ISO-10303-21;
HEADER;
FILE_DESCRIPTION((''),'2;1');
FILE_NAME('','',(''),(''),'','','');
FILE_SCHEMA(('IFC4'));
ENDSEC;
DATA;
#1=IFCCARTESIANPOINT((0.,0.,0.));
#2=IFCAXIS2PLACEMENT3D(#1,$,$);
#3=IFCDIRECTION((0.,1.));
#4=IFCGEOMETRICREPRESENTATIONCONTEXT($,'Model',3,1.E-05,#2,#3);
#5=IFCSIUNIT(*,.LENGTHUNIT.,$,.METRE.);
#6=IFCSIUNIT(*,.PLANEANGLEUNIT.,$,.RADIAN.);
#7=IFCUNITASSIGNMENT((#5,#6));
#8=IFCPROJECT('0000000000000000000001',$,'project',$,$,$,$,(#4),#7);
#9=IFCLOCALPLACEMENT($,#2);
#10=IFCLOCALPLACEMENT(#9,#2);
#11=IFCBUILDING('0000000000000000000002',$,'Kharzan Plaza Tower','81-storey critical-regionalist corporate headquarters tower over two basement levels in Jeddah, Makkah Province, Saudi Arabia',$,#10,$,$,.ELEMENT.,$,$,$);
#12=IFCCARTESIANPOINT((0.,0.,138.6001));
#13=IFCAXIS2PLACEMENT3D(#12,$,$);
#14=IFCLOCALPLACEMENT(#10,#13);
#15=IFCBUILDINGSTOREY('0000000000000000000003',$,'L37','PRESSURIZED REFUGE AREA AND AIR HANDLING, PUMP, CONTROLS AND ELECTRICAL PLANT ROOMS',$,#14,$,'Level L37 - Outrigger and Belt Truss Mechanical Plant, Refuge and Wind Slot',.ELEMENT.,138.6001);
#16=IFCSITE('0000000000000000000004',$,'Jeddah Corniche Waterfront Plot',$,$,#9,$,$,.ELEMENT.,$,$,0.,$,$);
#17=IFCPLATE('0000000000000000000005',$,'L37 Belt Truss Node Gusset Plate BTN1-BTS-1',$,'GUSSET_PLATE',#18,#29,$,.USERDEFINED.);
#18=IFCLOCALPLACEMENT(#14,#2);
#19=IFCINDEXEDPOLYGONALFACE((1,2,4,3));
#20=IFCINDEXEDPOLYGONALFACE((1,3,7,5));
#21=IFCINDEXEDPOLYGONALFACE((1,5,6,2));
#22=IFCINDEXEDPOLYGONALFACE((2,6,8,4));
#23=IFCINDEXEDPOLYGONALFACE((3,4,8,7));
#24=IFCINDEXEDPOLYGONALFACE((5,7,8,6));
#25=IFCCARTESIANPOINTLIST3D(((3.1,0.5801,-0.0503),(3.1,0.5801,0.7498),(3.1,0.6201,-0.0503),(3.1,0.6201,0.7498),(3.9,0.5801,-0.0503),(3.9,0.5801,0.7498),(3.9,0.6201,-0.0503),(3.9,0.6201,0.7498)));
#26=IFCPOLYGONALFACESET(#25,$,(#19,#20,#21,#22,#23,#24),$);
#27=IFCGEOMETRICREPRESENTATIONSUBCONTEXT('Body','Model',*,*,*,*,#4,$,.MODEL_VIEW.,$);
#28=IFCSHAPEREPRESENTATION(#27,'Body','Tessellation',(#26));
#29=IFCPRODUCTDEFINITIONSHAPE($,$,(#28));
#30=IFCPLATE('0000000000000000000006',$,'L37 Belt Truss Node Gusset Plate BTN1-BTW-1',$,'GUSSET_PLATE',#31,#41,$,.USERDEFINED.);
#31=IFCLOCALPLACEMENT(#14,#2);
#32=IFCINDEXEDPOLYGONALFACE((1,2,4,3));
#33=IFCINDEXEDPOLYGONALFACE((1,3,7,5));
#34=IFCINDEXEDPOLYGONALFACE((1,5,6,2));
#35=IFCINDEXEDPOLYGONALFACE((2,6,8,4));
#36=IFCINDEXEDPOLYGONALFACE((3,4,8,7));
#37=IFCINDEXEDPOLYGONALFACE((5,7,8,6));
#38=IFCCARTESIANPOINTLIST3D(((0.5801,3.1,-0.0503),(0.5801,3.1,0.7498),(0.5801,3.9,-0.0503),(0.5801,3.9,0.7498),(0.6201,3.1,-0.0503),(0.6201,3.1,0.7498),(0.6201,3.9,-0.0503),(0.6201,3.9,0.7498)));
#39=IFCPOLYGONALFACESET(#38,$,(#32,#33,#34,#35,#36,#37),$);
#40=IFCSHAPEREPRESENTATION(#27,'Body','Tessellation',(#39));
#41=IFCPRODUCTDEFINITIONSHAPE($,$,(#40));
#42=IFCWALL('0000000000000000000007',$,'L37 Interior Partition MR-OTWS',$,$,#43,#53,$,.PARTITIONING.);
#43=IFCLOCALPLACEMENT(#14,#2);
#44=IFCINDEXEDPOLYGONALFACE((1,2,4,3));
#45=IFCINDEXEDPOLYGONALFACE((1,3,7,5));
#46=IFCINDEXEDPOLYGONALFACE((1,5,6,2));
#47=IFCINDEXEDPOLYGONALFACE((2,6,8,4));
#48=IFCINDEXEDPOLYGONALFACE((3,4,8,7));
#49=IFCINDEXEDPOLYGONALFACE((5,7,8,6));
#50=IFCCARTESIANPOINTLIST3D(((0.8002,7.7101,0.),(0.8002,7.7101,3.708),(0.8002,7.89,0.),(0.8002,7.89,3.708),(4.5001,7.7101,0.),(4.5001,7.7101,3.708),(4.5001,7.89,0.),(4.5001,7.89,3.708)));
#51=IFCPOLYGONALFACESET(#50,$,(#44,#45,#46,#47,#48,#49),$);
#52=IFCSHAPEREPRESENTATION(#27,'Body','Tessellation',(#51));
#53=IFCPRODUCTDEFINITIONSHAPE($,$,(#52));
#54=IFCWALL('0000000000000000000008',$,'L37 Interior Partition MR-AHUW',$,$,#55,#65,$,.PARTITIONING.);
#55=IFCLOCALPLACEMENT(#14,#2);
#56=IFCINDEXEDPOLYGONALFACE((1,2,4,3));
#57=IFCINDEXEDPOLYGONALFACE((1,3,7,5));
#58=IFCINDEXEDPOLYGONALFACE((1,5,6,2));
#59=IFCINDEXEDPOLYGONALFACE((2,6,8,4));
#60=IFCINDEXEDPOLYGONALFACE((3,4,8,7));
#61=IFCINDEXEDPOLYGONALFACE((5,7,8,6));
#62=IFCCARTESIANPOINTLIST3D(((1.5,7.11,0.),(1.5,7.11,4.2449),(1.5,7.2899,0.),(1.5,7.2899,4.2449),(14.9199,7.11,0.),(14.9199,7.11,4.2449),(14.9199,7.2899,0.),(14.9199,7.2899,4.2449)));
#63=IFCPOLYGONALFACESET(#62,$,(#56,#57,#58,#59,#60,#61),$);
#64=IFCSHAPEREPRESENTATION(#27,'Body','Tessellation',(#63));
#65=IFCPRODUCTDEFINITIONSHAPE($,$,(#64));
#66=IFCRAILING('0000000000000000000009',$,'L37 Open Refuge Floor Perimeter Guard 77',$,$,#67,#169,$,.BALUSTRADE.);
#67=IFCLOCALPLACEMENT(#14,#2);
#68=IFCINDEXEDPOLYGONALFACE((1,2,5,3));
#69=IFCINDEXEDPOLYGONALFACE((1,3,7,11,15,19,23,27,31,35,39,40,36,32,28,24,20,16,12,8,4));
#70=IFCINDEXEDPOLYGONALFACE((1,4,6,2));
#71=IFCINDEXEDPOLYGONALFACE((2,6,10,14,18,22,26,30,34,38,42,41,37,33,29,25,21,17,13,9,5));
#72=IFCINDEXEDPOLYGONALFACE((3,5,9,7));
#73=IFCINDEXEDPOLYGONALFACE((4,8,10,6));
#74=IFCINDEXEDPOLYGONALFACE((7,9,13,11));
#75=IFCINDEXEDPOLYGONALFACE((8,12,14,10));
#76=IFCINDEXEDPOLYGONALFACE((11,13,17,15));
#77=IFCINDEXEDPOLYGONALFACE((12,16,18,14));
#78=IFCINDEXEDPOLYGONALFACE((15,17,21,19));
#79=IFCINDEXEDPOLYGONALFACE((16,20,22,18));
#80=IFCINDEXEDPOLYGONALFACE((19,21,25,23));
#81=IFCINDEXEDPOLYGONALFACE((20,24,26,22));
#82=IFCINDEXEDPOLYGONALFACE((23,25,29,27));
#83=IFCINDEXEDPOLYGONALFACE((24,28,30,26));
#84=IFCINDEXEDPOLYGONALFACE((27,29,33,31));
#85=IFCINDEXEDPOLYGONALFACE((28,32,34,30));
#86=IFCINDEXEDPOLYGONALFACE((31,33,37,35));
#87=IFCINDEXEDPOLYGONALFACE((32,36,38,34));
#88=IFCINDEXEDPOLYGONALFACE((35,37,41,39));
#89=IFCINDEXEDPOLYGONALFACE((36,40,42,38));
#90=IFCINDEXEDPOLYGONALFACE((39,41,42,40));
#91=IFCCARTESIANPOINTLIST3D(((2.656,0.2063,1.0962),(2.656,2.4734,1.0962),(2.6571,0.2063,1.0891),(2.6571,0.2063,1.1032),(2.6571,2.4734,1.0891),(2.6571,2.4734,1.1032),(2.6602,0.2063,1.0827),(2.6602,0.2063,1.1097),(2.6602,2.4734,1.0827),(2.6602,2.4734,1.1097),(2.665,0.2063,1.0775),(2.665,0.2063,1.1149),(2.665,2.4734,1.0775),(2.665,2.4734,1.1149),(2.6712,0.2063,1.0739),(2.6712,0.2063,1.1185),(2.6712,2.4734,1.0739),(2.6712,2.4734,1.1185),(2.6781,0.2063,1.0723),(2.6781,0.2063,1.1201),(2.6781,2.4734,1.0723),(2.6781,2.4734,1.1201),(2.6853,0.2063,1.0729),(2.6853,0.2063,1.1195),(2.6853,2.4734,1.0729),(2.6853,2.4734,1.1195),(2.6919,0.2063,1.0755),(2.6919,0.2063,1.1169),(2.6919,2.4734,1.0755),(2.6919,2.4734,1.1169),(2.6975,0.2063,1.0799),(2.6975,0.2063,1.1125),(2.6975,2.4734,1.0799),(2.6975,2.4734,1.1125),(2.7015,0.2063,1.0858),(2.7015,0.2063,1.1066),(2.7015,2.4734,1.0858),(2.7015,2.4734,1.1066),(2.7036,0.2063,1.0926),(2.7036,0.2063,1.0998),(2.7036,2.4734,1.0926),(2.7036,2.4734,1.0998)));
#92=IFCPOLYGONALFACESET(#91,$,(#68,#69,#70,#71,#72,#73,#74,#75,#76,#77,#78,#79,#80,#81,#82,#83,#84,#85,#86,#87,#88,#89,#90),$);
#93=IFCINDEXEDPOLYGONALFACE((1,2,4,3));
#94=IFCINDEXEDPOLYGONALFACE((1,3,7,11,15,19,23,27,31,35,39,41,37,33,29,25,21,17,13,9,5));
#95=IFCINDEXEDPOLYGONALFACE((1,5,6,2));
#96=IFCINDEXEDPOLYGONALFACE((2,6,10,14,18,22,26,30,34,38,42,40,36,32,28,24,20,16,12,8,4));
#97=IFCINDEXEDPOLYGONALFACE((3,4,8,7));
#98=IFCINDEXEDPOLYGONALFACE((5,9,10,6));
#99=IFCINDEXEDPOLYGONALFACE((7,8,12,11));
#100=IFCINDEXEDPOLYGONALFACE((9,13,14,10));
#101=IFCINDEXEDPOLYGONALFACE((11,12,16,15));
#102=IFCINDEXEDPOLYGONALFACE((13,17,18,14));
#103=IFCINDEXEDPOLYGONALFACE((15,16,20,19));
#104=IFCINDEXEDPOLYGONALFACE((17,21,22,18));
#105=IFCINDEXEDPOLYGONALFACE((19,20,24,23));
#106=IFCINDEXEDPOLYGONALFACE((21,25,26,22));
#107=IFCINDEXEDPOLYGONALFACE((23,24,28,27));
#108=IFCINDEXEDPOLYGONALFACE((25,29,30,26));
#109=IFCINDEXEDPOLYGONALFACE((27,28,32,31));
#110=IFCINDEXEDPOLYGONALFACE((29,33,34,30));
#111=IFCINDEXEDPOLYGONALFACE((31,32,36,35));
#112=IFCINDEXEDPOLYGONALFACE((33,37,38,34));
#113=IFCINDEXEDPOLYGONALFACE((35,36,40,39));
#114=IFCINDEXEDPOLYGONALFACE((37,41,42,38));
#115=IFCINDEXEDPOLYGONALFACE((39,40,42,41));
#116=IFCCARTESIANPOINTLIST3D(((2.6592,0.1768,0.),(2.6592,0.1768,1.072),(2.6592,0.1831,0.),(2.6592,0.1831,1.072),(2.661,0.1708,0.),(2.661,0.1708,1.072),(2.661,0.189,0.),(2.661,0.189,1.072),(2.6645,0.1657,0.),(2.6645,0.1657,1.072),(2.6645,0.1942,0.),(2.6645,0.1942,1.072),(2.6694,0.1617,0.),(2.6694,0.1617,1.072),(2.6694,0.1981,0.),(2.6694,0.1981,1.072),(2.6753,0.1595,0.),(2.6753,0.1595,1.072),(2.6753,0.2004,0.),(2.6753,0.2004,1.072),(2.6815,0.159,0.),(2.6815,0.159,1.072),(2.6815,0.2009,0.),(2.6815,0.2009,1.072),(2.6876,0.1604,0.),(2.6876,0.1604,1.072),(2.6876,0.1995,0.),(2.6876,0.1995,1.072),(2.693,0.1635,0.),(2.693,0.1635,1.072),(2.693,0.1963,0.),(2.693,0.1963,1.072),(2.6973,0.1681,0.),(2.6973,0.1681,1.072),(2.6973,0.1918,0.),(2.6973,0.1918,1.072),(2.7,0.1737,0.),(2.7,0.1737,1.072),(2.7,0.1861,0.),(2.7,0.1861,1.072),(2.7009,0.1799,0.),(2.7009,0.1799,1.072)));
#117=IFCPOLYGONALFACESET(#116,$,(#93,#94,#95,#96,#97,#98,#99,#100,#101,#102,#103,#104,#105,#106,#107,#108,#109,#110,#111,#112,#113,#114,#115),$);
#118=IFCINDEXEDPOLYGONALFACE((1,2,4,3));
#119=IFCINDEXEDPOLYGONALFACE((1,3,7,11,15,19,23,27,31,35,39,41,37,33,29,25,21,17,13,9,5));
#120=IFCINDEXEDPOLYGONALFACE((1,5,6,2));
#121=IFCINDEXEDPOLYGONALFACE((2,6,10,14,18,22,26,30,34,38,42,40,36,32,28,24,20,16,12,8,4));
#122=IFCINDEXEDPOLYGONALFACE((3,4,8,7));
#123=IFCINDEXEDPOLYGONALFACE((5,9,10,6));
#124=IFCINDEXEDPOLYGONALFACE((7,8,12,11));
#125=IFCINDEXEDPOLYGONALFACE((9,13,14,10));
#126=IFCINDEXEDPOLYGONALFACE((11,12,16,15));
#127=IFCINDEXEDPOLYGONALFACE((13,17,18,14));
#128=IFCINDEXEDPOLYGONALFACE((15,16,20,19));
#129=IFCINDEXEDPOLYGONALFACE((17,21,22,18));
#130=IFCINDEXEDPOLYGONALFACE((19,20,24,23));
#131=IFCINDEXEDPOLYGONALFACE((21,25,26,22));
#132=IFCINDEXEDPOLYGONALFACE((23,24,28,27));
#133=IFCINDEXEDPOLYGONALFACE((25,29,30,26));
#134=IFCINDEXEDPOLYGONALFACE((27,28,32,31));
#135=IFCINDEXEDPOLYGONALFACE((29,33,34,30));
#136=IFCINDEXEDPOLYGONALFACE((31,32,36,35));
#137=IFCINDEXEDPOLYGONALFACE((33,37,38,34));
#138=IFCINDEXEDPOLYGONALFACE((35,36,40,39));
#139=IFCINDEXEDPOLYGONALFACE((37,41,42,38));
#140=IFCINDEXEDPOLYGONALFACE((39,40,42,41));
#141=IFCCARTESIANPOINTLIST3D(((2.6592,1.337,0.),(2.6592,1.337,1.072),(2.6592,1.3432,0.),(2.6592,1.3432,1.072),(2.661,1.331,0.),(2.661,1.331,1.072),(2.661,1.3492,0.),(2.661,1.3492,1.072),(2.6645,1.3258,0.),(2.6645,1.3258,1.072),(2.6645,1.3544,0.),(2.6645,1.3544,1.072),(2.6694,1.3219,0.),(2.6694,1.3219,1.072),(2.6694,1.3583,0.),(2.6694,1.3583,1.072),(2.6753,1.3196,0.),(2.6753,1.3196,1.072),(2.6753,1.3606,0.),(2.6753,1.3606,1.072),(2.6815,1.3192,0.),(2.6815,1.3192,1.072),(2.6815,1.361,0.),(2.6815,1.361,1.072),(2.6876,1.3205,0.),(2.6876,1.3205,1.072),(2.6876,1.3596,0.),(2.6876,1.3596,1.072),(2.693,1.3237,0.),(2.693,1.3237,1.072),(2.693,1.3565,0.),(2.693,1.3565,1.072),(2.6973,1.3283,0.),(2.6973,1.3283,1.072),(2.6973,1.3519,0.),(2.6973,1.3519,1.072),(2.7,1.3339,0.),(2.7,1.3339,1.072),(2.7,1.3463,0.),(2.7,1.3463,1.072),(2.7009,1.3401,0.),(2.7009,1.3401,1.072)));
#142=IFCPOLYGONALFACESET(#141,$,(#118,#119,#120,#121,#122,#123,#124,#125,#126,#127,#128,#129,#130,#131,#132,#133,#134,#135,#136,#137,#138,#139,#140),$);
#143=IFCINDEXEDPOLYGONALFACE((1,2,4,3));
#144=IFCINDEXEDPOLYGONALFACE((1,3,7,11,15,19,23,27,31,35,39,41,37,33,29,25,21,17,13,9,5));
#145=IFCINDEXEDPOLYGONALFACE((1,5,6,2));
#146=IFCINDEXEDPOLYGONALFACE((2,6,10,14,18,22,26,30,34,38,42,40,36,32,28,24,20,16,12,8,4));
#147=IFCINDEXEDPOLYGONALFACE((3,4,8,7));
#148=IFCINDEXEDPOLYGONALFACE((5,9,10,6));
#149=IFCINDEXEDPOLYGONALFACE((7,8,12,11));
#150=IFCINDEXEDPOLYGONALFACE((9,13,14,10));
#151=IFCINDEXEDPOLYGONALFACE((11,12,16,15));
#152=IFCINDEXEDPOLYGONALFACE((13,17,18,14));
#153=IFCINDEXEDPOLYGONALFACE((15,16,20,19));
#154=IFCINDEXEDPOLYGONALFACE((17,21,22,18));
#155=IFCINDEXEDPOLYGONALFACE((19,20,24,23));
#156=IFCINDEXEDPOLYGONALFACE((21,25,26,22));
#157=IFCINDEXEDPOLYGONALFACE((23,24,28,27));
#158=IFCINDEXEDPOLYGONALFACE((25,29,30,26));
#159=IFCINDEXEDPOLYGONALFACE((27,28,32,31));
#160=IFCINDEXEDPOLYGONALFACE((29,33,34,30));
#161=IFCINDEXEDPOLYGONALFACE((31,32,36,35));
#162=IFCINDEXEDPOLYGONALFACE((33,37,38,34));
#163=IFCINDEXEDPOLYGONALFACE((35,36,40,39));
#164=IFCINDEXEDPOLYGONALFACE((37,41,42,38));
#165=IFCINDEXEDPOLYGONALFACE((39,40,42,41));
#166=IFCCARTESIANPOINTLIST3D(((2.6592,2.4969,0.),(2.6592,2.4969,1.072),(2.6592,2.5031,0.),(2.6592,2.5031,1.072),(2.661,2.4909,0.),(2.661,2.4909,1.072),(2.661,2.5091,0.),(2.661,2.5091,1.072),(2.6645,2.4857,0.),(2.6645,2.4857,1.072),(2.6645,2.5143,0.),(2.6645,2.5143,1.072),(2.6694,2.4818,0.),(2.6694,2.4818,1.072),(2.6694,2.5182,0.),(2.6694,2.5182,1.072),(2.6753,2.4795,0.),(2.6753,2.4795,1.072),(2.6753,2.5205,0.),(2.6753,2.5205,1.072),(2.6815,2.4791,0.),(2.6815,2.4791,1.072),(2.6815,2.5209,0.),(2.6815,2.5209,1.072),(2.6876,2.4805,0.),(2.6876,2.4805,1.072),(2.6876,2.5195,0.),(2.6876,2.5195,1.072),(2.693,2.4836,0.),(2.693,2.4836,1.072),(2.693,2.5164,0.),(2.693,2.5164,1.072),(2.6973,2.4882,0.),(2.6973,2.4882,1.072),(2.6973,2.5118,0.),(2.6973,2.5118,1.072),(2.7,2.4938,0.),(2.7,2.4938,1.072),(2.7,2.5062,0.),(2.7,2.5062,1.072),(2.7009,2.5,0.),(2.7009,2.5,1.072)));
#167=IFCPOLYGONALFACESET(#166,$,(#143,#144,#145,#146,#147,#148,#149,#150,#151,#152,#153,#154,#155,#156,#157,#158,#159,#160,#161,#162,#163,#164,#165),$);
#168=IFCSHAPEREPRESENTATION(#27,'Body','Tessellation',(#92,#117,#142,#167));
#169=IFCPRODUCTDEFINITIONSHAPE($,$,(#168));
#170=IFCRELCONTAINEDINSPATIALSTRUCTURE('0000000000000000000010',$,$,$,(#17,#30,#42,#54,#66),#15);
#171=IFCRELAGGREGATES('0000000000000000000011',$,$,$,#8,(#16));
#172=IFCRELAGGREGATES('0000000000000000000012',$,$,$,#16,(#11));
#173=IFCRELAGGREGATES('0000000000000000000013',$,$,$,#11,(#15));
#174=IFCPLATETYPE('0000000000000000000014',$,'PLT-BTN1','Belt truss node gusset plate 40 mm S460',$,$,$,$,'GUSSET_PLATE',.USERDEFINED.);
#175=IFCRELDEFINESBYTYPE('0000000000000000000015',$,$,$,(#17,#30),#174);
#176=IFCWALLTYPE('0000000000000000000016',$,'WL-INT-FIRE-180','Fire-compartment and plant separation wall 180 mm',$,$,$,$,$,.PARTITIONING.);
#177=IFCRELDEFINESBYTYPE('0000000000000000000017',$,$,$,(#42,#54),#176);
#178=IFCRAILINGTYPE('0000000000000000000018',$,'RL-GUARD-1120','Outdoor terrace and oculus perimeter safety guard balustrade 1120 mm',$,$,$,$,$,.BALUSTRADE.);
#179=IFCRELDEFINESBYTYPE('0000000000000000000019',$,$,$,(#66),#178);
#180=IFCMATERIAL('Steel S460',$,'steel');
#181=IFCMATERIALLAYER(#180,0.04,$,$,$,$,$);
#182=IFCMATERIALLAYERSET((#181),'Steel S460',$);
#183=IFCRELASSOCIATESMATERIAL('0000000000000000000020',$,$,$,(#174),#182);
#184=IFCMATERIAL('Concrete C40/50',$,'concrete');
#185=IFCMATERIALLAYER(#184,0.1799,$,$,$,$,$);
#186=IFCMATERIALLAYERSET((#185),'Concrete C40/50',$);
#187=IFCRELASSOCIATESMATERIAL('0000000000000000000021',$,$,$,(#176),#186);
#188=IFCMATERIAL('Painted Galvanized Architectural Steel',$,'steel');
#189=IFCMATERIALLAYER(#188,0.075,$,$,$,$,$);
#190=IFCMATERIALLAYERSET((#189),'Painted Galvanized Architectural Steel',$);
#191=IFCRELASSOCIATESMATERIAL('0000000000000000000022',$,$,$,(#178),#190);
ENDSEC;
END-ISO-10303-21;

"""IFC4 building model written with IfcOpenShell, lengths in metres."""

from ifc_helpers import new_model, si_unit, direction, frame, frame_2d, origin, origin_2d, place, context, subcontext, project, spatial, rectangle, circle, extrude, source, transform, mapped, material, layer, layer_set, type_object, element, save


model = new_model("IFC4")

# Units and contexts
model_context = context("Model", 3, precision=1e-05, world=origin(), true_north=direction((0.0, 1.0)))
body_context = subcontext(model_context, "Body", "Model", "MODEL_VIEW")
ifc_project = project(units=[si_unit("LENGTHUNIT", "METRE"), si_unit("PLANEANGLEUNIT", "RADIAN")], contexts=[model_context])

# Site, building, storey
site_placement = place(None, origin())
site = spatial("IfcSite", under=ifc_project, at=site_placement, Name="Jeddah Corniche Waterfront Plot", CompositionType="ELEMENT", RefElevation=0.0)
building_placement = place(site_placement, origin())
building = spatial("IfcBuilding", under=site, at=building_placement, Name="Kharzan Plaza Tower", Description="81-storey critical-regionalist corporate headquarters tower over two basement levels in Jeddah, Makkah Province, Saudi Arabia", CompositionType="ELEMENT")
storey_placement = place(building_placement, frame((0.0, 0.0, 138.6001)))
storey = spatial("IfcBuildingStorey", under=building, at=storey_placement, Name="L37", Description="PRESSURIZED REFUGE AREA AND AIR HANDLING, PUMP, CONTROLS AND ELECTRICAL PLANT ROOMS", LongName="Level L37 - Outrigger and Belt Truss Mechanical Plant, Refuge and Wind Slot", CompositionType="ELEMENT", Elevation=138.6001)

# Shared definitions
ifc_material_1 = material(Name="Concrete C40/50", Category="concrete")

# Plates
ifc_material_2 = material(Name="Steel S460", Category="steel")
ifc_layer_1 = layer(ifc_material_2, 0.04)
ifc_layer_set_1 = layer_set([ifc_layer_1], Name="Steel S460")
plate_type = type_object("IfcPlateType", Name="PLT-BTN1", Description="Belt truss node gusset plate 40 mm S460", ElementType="GUSSET_PLATE", PredefinedType="USERDEFINED", material=ifc_layer_set_1)
shared_shape_1 = source(origin(), body_context, "Body", "SweptSolid", [
    extrude(rectangle(XDim=0.8, YDim=0.04, at=origin_2d()), origin(), (0.0, 0.0, 1.0), 0.8),
])
for number, where, z_axis, x_axis, name in (
    (1, (3.5, 0.6001, -0.0503), (0.0, 0.0, 1.0), (1.0, 0.0, 0.0), "L37 Belt Truss Node Gusset Plate BTN1-BTS-1"),
    (2, (0.6001, 3.5, -0.0503), (0.0, 0.0, 1.0), (0.0, 1.0, 0.0), "L37 Belt Truss Node Gusset Plate BTN1-BTW-1"),
):
    element("IfcPlate", number, at=place(storey_placement, frame(where, z_axis=z_axis, x_axis=x_axis)), inside=storey, type_object=plate_type, Name=name, ObjectType="GUSSET_PLATE", PredefinedType="USERDEFINED", context=body_context, shape_type="MappedRepresentation", body=[
        mapped(shared_shape_1, transform((0.0, 0.0, 0.0), x_axis=(1.0, 0.0, 0.0), y_axis=(0.0, 1.0, 0.0), z_axis=(0.0, 0.0, 1.0))),
    ])

# Walls
ifc_layer_2 = layer(ifc_material_1, 0.1799)
ifc_layer_set_2 = layer_set([ifc_layer_2], Name="Concrete C40/50")
wall_type = type_object("IfcWallType", Name="WL-INT-FIRE-180", Description="Fire-compartment and plant separation wall 180 mm", PredefinedType="PARTITIONING", material=ifc_layer_set_2)
shared_shape_2 = source(origin(), body_context, "Body", "SweptSolid", [
    extrude(rectangle(XDim=3.7, YDim=0.1799, at=frame_2d((1.8501, 0.0))), origin(), (0.0, 0.0, 1.0), 3.708),
])
wall_1_placement = place(storey_placement, frame((0.8, 7.8, 0.0), z_axis=(0.0, 0.0, 1.0), x_axis=(1.0, 0.0, 0.0)))
element("IfcWall", 3, at=wall_1_placement, inside=storey, type_object=wall_type, Name="L37 Interior Partition MR-OTWS", PredefinedType="PARTITIONING", context=body_context, shape_type="MappedRepresentation", body=[
    mapped(shared_shape_2, transform((0.0, 0.0, 0.0), x_axis=(1.0, 0.0, 0.0), y_axis=(0.0, 1.0, 0.0), z_axis=(0.0, 0.0, 1.0))),
])
shared_shape_3 = source(origin(), body_context, "Body", "SweptSolid", [
    extrude(rectangle(XDim=13.4199, YDim=0.1799, at=frame_2d((6.71, 0.0))), origin(), (0.0, 0.0, 1.0), 4.2449),
])
wall_2_placement = place(storey_placement, frame((1.5, 7.2, 0.0), z_axis=(0.0, 0.0, 1.0), x_axis=(1.0, 0.0, 0.0)))
element("IfcWall", 4, at=wall_2_placement, inside=storey, type_object=wall_type, Name="L37 Interior Partition MR-AHUW", PredefinedType="PARTITIONING", context=body_context, shape_type="MappedRepresentation", body=[
    mapped(shared_shape_3, transform((0.0, 0.0, 0.0), x_axis=(1.0, 0.0, 0.0), y_axis=(0.0, 1.0, 0.0), z_axis=(0.0, 0.0, 1.0))),
])

# Railing
ifc_material_3 = material(Name="Painted Galvanized Architectural Steel", Category="steel")
ifc_layer_3 = layer(ifc_material_3, 0.075)
ifc_layer_set_3 = layer_set([ifc_layer_3], Name="Painted Galvanized Architectural Steel")
railing_type = type_object("IfcRailingType", Name="RL-GUARD-1120", Description="Outdoor terrace and oculus perimeter safety guard balustrade 1120 mm", PredefinedType="BALUSTRADE", material=ifc_layer_set_3)
shared_shape_4 = source(origin(), body_context, "Body", "SweptSolid", [
    extrude(circle(Radius=0.0239, at=origin_2d()), frame((0.0, 0.0264, 1.0962), z_axis=(0.0, 1.0, 0.0), x_axis=(-1.0, 0.0, 0.0)), (0.0, 0.0, 1.0), 2.2671),
    extrude(circle(Radius=0.021, at=origin_2d()), origin(), (0.0, 0.0, 1.0), 1.072),
    extrude(circle(Radius=0.021, at=origin_2d()), frame((0.0, 1.1602, 0.0)), (0.0, 0.0, 1.0), 1.072),
    extrude(circle(Radius=0.021, at=origin_2d()), frame((0.0, 2.3201, 0.0)), (0.0, 0.0, 1.0), 1.072),
])
railing_1_placement = place(storey_placement, frame((2.6799, 0.1799, 0.0)))
element("IfcRailing", 5, at=railing_1_placement, inside=storey, type_object=railing_type, Name="L37 Open Refuge Floor Perimeter Guard 77", PredefinedType="BALUSTRADE", context=body_context, shape_type="MappedRepresentation", body=[
    mapped(shared_shape_4, transform((0.0, 0.0, 0.0), x_axis=(1.0, 0.0, 0.0), y_axis=(0.0, 1.0, 0.0), z_axis=(0.0, 0.0, 1.0))),
])

save(model, "model.ifc")
